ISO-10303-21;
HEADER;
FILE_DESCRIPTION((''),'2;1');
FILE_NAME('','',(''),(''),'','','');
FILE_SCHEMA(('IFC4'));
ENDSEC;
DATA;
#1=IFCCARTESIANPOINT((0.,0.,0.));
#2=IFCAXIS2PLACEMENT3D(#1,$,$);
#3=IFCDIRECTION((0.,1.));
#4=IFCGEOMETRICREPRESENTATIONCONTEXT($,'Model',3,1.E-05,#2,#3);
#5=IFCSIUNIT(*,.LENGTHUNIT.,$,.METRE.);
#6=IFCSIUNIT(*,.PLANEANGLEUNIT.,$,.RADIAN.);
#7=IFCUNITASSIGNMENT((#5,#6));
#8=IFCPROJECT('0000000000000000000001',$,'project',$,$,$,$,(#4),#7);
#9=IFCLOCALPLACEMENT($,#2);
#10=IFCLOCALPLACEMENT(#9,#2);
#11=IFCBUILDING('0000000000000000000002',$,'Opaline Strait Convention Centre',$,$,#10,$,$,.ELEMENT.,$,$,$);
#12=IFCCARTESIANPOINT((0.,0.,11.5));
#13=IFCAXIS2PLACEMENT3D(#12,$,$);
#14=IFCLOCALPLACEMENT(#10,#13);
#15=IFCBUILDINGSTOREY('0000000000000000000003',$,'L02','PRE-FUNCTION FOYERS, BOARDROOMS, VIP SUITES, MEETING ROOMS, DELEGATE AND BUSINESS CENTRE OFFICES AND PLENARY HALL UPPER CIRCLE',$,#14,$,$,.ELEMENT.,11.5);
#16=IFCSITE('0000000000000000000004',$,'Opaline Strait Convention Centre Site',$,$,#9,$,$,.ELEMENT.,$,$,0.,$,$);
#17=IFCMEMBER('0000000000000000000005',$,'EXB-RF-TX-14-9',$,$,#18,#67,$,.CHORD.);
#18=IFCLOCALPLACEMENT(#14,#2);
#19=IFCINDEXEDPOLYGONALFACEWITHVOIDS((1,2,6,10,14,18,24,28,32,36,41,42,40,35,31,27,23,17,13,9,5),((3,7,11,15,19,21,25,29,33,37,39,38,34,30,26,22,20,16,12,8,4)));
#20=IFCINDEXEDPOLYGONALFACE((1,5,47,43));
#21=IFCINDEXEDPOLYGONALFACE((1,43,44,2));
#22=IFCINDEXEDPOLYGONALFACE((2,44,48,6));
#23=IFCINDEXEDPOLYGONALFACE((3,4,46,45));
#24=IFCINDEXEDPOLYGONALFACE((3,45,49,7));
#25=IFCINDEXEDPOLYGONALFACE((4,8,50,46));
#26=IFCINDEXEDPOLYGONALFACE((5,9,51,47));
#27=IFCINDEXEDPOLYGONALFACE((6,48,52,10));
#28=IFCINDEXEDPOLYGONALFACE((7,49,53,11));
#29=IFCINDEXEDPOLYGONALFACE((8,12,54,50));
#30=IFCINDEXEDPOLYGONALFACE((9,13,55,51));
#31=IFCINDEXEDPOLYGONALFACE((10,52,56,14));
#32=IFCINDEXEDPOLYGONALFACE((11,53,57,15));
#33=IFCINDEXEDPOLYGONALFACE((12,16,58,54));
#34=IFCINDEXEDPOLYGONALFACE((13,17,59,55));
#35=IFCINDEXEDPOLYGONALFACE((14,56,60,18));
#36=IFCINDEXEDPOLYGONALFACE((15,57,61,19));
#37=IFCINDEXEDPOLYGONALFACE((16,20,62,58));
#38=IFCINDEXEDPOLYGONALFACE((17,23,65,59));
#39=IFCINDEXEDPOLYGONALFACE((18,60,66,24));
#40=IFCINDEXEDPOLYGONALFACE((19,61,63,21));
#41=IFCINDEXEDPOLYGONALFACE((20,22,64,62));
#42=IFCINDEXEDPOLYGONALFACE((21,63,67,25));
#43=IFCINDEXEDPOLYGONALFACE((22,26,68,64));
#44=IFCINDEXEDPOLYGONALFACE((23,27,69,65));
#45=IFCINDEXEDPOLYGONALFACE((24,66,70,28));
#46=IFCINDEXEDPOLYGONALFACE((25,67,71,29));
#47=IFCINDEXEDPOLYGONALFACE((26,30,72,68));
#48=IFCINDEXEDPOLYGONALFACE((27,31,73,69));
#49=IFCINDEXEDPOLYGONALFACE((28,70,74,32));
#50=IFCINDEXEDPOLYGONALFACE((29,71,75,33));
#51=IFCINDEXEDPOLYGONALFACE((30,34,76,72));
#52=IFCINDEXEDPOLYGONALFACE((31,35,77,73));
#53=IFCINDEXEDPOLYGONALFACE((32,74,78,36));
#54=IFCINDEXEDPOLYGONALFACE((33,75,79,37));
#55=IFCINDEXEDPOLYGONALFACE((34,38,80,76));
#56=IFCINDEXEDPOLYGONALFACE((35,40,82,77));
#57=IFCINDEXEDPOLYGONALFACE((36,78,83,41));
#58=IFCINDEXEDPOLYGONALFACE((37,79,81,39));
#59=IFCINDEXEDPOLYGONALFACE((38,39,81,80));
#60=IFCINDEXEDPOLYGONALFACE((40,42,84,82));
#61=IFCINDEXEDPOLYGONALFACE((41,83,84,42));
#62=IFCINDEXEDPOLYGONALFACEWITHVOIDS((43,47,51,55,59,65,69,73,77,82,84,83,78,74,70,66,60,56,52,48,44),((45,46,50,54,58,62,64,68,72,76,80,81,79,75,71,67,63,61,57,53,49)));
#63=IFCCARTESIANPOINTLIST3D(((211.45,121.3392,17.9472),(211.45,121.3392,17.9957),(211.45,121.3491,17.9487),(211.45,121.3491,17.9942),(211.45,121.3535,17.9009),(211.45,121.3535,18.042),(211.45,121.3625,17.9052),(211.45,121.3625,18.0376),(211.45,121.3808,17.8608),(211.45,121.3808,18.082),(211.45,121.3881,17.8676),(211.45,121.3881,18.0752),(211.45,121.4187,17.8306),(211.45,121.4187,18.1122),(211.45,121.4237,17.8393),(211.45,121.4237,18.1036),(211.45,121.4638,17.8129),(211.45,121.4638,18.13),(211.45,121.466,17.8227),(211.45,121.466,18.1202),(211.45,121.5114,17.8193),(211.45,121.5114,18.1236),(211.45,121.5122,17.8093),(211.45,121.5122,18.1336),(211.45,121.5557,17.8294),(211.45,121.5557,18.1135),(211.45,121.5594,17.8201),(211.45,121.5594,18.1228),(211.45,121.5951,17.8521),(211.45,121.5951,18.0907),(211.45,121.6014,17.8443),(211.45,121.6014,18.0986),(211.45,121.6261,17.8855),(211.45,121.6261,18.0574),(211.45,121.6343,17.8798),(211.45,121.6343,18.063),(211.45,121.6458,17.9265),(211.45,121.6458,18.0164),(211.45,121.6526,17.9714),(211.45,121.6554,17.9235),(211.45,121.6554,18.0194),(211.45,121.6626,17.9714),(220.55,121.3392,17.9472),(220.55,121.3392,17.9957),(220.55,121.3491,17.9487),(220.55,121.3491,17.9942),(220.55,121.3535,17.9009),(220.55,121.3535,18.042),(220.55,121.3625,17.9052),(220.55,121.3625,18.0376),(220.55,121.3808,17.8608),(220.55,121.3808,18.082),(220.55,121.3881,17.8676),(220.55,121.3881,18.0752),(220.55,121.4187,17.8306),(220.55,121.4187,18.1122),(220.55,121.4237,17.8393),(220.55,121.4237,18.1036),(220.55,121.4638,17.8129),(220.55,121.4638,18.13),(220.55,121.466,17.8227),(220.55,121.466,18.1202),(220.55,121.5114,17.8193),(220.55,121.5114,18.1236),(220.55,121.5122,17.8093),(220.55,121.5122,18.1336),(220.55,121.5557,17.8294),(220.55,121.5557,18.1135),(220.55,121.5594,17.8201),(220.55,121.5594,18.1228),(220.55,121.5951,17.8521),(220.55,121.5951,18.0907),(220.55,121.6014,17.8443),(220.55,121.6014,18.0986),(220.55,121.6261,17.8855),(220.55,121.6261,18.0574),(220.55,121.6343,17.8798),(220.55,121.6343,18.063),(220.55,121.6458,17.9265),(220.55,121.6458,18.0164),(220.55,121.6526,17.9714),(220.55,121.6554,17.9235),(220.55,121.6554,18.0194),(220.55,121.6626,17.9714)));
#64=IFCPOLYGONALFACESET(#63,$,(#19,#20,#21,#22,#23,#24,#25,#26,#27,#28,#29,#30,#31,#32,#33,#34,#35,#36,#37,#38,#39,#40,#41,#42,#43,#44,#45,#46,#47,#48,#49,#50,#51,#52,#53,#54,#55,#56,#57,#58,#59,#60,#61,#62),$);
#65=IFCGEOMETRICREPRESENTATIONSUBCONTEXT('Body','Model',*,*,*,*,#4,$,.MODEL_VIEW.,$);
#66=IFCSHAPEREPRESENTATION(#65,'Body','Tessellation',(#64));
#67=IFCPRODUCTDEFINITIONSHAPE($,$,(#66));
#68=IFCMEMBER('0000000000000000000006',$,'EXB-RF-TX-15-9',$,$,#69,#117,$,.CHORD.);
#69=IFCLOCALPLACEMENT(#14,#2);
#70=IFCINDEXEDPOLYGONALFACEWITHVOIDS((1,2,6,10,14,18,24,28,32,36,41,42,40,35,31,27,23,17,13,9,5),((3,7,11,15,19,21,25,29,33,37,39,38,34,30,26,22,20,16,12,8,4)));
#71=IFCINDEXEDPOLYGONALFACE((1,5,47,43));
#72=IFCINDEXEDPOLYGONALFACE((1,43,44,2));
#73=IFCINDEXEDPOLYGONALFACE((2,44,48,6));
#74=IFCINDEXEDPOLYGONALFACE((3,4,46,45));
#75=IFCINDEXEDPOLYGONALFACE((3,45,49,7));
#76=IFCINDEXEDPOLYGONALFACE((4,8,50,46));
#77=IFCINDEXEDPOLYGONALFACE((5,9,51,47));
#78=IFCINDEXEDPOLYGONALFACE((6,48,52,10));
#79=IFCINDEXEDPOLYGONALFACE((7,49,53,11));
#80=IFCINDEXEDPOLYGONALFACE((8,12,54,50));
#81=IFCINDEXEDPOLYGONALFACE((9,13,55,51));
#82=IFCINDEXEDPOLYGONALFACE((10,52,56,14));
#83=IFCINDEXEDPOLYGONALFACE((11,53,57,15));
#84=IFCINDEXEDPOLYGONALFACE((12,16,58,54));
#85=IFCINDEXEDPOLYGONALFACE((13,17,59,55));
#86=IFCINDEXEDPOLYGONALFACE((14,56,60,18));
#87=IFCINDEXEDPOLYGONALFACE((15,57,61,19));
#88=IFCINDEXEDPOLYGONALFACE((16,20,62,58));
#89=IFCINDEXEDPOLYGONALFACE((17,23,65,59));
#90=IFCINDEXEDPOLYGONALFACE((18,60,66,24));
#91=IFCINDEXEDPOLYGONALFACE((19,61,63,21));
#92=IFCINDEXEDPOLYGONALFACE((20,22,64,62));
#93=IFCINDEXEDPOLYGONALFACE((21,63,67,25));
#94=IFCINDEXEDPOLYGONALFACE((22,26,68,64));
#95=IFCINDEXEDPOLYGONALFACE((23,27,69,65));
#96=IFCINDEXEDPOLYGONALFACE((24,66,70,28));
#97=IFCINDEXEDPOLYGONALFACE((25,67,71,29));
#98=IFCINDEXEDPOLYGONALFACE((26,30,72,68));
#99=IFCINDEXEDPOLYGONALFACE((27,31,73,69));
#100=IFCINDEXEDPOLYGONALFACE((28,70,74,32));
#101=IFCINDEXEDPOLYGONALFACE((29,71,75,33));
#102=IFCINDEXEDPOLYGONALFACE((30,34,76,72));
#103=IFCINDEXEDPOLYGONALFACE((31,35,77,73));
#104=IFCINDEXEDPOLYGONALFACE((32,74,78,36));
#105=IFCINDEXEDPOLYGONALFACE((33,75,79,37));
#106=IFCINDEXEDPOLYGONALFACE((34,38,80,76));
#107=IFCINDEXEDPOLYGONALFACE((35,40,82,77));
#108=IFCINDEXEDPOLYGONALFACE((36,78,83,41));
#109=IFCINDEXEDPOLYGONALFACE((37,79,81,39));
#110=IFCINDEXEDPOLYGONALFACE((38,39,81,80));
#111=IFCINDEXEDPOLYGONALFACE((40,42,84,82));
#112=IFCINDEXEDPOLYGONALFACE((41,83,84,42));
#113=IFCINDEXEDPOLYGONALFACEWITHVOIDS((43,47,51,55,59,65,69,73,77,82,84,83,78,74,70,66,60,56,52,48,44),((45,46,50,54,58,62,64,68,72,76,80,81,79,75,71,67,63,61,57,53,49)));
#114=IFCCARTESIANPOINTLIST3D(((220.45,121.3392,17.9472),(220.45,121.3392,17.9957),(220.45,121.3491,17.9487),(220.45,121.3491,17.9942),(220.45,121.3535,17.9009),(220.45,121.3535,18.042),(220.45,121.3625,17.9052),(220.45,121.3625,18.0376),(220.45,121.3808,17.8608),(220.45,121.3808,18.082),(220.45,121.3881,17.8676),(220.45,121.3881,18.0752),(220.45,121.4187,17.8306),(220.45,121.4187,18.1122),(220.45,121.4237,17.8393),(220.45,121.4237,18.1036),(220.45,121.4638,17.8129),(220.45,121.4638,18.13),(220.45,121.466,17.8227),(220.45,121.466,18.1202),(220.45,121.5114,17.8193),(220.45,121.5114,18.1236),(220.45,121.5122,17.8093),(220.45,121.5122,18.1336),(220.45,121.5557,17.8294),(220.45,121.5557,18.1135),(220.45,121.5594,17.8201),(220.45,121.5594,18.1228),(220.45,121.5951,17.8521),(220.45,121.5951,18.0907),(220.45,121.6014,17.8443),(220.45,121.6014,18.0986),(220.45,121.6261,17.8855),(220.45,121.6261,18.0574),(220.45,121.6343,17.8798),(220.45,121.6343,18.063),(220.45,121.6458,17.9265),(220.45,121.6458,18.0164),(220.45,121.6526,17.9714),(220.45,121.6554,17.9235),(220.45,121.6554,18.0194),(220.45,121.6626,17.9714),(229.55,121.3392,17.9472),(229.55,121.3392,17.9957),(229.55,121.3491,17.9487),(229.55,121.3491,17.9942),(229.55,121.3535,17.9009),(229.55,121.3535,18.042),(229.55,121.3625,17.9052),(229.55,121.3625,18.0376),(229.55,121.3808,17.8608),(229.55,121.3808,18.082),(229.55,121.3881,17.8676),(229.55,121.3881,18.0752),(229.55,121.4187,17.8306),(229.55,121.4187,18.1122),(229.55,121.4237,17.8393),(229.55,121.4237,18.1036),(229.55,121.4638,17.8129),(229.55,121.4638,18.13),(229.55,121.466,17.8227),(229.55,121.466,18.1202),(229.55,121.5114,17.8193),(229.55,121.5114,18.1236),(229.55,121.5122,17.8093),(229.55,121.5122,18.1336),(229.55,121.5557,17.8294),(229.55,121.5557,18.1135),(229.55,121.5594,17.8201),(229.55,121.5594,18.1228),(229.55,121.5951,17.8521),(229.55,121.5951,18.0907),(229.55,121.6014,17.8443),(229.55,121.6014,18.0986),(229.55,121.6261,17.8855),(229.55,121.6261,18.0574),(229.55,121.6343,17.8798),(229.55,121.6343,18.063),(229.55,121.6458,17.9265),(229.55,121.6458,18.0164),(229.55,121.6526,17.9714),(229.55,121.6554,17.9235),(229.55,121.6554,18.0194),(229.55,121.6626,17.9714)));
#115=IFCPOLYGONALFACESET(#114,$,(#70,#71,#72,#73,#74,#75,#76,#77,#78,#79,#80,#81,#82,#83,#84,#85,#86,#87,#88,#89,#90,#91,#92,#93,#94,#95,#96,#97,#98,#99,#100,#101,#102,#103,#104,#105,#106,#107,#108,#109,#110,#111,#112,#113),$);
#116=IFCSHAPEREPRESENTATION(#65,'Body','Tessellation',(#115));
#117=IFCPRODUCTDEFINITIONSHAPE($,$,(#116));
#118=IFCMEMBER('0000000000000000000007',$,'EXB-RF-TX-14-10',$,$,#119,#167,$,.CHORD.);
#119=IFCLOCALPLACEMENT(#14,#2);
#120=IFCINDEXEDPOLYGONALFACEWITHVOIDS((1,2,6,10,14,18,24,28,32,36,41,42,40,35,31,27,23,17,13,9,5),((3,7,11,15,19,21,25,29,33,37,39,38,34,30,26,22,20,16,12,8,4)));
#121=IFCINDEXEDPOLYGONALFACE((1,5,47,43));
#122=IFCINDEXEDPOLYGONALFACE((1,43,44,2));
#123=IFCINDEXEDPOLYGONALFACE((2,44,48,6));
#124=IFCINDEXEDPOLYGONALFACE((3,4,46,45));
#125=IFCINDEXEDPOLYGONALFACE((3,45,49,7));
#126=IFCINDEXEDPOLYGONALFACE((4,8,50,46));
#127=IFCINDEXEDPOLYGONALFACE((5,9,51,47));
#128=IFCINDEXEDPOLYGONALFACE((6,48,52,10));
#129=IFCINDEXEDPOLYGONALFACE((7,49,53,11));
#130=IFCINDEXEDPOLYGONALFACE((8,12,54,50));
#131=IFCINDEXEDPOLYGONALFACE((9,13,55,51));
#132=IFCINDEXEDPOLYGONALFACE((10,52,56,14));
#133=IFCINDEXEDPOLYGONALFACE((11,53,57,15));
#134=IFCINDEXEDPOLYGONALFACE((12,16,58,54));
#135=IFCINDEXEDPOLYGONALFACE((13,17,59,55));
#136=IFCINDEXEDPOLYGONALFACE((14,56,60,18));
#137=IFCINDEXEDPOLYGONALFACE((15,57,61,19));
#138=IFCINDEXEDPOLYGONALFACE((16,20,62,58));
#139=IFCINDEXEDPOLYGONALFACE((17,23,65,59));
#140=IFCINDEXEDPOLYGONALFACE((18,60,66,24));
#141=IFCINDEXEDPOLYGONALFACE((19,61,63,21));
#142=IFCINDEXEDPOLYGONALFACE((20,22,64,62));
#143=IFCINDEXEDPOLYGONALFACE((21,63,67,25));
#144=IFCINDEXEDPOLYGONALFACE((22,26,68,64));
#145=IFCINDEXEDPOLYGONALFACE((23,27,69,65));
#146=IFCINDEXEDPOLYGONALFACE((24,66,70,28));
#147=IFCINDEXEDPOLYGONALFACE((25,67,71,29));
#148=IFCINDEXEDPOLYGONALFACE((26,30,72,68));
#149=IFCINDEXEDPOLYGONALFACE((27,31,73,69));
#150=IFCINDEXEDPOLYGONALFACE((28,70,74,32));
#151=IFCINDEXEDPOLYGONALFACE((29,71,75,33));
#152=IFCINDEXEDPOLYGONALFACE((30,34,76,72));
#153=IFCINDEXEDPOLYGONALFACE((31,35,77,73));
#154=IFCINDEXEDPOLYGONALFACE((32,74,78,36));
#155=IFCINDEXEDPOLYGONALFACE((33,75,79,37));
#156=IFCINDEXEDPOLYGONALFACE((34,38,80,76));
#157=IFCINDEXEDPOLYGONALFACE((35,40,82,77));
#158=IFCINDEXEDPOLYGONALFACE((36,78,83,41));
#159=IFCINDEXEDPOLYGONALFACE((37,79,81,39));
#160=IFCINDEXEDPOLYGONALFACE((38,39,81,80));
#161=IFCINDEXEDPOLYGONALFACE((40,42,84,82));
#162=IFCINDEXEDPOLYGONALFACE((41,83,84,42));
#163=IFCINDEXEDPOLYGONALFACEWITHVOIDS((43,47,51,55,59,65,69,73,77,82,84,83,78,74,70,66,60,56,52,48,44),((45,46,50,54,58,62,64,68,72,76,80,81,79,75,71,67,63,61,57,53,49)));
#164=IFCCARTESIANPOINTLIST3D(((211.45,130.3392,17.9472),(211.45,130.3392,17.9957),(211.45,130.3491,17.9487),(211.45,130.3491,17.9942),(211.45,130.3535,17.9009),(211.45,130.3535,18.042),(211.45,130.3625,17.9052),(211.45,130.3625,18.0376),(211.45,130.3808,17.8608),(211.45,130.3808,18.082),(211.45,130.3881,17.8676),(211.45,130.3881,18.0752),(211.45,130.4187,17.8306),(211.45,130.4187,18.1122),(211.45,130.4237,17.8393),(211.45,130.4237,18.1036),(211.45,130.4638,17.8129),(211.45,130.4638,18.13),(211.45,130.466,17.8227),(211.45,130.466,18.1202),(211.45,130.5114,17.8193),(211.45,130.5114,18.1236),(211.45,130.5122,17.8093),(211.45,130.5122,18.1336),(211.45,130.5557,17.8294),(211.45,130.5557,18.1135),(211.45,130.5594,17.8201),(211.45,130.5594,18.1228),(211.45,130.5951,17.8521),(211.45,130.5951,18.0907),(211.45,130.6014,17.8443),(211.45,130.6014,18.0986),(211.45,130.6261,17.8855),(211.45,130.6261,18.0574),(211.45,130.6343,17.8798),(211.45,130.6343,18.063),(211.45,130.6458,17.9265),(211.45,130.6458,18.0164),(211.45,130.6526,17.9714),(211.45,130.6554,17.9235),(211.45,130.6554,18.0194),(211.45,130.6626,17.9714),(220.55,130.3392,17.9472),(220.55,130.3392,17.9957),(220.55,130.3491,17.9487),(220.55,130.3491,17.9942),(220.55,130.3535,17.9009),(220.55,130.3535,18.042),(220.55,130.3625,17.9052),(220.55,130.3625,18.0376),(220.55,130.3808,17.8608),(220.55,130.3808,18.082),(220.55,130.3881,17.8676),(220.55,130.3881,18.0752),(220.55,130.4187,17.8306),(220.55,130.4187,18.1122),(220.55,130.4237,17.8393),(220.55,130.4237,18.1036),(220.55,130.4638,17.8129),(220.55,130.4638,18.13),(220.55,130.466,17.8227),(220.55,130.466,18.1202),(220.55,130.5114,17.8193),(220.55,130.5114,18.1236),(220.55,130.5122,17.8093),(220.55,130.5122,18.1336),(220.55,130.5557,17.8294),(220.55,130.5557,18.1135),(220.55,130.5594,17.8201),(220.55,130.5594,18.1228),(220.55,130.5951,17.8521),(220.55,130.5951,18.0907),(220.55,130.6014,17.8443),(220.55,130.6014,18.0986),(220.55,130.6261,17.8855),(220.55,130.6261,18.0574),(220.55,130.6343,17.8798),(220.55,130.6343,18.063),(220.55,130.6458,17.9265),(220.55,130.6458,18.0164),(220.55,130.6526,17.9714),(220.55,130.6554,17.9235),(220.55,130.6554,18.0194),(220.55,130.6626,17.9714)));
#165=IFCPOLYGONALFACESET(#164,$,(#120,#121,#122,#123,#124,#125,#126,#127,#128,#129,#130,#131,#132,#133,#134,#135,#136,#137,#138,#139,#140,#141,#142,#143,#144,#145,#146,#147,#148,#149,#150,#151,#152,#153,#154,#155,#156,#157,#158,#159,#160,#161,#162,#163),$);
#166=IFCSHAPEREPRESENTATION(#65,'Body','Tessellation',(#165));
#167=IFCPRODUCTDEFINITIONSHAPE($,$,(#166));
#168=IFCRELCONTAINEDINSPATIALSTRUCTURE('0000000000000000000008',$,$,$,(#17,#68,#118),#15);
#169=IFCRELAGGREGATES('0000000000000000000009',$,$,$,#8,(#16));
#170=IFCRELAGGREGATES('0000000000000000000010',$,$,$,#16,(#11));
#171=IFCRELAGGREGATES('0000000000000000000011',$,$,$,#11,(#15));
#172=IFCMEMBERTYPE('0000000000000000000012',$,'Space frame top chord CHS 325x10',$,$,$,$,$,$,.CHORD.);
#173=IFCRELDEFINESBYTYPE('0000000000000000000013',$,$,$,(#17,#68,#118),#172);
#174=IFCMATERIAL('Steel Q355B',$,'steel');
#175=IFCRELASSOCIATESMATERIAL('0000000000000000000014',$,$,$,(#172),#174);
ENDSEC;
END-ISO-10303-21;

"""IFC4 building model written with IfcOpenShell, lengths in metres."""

from ifc_helpers import new_model, si_unit, direction, frame, origin, origin_2d, place, context, subcontext, project, spatial, hollow_circle, extrude, material, material_profile, profile_set, type_object, element, save


model = new_model("IFC4")

# Units and contexts
model_context = context("Model", 3, precision=1e-05, world=origin(), true_north=direction((0.0, 1.0)))
body_context = subcontext(model_context, "Body", "Model", "MODEL_VIEW")
ifc_project = project(units=[si_unit("LENGTHUNIT", "METRE"), si_unit("PLANEANGLEUNIT", "RADIAN")], contexts=[model_context])

# Site, building, storey
site_placement = place(None, origin())
site = spatial("IfcSite", under=ifc_project, at=site_placement, Name="Opaline Strait Convention Centre Site", CompositionType="ELEMENT", RefElevation=0.0)
building_placement = place(site_placement, origin())
building = spatial("IfcBuilding", under=site, at=building_placement, Name="Opaline Strait Convention Centre", CompositionType="ELEMENT")
storey_placement = place(building_placement, frame((0.0, 0.0, 11.5)))
storey = spatial("IfcBuildingStorey", under=building, at=storey_placement, Name="L02", Description="PRE-FUNCTION FOYERS, BOARDROOMS, VIP SUITES, MEETING ROOMS, DELEGATE AND BUSINESS CENTRE OFFICES AND PLENARY HALL UPPER CIRCLE", CompositionType="ELEMENT", Elevation=11.5)

# Members
ifc_material_1 = material(Name="Steel Q355B", Category="steel")
ifc_material_profile_1 = material_profile(ifc_material_1, hollow_circle(Radius=0.1626, WallThickness=0.01, at=origin_2d()), Name="CHS 325x10")
ifc_profile_set_1 = profile_set([ifc_material_profile_1], Name="Steel Q355B")
member_type_1 = type_object("IfcMemberType", Name="Space frame top chord CHS 325x10", PredefinedType="CHORD", material=ifc_profile_set_1)
for number, where, z_axis, x_axis, name in (
    (1, (211.45, 121.5, 17.9714), (1.0, 0.0, 0.0), (0.0, 1.0, 0.0), "EXB-RF-TX-14-9"),
    (2, (220.45, 121.5, 17.9714), (1.0, 0.0, 0.0), (0.0, 1.0, 0.0), "EXB-RF-TX-15-9"),
    (3, (211.45, 130.5, 17.9714), (1.0, 0.0, 0.0), (0.0, 1.0, 0.0), "EXB-RF-TX-14-10"),
):
    element("IfcMember", number, at=place(storey_placement, frame(where, z_axis=z_axis, x_axis=x_axis)), inside=storey, type_object=member_type_1, Name=name, PredefinedType="CHORD", context=body_context, shape_type="SweptSolid", body=[
        extrude(hollow_circle(Radius=0.1626, WallThickness=0.01, at=origin_2d()), origin(), (0.0, 0.0, 1.0), 9.1001),
    ])

save(model, "model.ifc")
